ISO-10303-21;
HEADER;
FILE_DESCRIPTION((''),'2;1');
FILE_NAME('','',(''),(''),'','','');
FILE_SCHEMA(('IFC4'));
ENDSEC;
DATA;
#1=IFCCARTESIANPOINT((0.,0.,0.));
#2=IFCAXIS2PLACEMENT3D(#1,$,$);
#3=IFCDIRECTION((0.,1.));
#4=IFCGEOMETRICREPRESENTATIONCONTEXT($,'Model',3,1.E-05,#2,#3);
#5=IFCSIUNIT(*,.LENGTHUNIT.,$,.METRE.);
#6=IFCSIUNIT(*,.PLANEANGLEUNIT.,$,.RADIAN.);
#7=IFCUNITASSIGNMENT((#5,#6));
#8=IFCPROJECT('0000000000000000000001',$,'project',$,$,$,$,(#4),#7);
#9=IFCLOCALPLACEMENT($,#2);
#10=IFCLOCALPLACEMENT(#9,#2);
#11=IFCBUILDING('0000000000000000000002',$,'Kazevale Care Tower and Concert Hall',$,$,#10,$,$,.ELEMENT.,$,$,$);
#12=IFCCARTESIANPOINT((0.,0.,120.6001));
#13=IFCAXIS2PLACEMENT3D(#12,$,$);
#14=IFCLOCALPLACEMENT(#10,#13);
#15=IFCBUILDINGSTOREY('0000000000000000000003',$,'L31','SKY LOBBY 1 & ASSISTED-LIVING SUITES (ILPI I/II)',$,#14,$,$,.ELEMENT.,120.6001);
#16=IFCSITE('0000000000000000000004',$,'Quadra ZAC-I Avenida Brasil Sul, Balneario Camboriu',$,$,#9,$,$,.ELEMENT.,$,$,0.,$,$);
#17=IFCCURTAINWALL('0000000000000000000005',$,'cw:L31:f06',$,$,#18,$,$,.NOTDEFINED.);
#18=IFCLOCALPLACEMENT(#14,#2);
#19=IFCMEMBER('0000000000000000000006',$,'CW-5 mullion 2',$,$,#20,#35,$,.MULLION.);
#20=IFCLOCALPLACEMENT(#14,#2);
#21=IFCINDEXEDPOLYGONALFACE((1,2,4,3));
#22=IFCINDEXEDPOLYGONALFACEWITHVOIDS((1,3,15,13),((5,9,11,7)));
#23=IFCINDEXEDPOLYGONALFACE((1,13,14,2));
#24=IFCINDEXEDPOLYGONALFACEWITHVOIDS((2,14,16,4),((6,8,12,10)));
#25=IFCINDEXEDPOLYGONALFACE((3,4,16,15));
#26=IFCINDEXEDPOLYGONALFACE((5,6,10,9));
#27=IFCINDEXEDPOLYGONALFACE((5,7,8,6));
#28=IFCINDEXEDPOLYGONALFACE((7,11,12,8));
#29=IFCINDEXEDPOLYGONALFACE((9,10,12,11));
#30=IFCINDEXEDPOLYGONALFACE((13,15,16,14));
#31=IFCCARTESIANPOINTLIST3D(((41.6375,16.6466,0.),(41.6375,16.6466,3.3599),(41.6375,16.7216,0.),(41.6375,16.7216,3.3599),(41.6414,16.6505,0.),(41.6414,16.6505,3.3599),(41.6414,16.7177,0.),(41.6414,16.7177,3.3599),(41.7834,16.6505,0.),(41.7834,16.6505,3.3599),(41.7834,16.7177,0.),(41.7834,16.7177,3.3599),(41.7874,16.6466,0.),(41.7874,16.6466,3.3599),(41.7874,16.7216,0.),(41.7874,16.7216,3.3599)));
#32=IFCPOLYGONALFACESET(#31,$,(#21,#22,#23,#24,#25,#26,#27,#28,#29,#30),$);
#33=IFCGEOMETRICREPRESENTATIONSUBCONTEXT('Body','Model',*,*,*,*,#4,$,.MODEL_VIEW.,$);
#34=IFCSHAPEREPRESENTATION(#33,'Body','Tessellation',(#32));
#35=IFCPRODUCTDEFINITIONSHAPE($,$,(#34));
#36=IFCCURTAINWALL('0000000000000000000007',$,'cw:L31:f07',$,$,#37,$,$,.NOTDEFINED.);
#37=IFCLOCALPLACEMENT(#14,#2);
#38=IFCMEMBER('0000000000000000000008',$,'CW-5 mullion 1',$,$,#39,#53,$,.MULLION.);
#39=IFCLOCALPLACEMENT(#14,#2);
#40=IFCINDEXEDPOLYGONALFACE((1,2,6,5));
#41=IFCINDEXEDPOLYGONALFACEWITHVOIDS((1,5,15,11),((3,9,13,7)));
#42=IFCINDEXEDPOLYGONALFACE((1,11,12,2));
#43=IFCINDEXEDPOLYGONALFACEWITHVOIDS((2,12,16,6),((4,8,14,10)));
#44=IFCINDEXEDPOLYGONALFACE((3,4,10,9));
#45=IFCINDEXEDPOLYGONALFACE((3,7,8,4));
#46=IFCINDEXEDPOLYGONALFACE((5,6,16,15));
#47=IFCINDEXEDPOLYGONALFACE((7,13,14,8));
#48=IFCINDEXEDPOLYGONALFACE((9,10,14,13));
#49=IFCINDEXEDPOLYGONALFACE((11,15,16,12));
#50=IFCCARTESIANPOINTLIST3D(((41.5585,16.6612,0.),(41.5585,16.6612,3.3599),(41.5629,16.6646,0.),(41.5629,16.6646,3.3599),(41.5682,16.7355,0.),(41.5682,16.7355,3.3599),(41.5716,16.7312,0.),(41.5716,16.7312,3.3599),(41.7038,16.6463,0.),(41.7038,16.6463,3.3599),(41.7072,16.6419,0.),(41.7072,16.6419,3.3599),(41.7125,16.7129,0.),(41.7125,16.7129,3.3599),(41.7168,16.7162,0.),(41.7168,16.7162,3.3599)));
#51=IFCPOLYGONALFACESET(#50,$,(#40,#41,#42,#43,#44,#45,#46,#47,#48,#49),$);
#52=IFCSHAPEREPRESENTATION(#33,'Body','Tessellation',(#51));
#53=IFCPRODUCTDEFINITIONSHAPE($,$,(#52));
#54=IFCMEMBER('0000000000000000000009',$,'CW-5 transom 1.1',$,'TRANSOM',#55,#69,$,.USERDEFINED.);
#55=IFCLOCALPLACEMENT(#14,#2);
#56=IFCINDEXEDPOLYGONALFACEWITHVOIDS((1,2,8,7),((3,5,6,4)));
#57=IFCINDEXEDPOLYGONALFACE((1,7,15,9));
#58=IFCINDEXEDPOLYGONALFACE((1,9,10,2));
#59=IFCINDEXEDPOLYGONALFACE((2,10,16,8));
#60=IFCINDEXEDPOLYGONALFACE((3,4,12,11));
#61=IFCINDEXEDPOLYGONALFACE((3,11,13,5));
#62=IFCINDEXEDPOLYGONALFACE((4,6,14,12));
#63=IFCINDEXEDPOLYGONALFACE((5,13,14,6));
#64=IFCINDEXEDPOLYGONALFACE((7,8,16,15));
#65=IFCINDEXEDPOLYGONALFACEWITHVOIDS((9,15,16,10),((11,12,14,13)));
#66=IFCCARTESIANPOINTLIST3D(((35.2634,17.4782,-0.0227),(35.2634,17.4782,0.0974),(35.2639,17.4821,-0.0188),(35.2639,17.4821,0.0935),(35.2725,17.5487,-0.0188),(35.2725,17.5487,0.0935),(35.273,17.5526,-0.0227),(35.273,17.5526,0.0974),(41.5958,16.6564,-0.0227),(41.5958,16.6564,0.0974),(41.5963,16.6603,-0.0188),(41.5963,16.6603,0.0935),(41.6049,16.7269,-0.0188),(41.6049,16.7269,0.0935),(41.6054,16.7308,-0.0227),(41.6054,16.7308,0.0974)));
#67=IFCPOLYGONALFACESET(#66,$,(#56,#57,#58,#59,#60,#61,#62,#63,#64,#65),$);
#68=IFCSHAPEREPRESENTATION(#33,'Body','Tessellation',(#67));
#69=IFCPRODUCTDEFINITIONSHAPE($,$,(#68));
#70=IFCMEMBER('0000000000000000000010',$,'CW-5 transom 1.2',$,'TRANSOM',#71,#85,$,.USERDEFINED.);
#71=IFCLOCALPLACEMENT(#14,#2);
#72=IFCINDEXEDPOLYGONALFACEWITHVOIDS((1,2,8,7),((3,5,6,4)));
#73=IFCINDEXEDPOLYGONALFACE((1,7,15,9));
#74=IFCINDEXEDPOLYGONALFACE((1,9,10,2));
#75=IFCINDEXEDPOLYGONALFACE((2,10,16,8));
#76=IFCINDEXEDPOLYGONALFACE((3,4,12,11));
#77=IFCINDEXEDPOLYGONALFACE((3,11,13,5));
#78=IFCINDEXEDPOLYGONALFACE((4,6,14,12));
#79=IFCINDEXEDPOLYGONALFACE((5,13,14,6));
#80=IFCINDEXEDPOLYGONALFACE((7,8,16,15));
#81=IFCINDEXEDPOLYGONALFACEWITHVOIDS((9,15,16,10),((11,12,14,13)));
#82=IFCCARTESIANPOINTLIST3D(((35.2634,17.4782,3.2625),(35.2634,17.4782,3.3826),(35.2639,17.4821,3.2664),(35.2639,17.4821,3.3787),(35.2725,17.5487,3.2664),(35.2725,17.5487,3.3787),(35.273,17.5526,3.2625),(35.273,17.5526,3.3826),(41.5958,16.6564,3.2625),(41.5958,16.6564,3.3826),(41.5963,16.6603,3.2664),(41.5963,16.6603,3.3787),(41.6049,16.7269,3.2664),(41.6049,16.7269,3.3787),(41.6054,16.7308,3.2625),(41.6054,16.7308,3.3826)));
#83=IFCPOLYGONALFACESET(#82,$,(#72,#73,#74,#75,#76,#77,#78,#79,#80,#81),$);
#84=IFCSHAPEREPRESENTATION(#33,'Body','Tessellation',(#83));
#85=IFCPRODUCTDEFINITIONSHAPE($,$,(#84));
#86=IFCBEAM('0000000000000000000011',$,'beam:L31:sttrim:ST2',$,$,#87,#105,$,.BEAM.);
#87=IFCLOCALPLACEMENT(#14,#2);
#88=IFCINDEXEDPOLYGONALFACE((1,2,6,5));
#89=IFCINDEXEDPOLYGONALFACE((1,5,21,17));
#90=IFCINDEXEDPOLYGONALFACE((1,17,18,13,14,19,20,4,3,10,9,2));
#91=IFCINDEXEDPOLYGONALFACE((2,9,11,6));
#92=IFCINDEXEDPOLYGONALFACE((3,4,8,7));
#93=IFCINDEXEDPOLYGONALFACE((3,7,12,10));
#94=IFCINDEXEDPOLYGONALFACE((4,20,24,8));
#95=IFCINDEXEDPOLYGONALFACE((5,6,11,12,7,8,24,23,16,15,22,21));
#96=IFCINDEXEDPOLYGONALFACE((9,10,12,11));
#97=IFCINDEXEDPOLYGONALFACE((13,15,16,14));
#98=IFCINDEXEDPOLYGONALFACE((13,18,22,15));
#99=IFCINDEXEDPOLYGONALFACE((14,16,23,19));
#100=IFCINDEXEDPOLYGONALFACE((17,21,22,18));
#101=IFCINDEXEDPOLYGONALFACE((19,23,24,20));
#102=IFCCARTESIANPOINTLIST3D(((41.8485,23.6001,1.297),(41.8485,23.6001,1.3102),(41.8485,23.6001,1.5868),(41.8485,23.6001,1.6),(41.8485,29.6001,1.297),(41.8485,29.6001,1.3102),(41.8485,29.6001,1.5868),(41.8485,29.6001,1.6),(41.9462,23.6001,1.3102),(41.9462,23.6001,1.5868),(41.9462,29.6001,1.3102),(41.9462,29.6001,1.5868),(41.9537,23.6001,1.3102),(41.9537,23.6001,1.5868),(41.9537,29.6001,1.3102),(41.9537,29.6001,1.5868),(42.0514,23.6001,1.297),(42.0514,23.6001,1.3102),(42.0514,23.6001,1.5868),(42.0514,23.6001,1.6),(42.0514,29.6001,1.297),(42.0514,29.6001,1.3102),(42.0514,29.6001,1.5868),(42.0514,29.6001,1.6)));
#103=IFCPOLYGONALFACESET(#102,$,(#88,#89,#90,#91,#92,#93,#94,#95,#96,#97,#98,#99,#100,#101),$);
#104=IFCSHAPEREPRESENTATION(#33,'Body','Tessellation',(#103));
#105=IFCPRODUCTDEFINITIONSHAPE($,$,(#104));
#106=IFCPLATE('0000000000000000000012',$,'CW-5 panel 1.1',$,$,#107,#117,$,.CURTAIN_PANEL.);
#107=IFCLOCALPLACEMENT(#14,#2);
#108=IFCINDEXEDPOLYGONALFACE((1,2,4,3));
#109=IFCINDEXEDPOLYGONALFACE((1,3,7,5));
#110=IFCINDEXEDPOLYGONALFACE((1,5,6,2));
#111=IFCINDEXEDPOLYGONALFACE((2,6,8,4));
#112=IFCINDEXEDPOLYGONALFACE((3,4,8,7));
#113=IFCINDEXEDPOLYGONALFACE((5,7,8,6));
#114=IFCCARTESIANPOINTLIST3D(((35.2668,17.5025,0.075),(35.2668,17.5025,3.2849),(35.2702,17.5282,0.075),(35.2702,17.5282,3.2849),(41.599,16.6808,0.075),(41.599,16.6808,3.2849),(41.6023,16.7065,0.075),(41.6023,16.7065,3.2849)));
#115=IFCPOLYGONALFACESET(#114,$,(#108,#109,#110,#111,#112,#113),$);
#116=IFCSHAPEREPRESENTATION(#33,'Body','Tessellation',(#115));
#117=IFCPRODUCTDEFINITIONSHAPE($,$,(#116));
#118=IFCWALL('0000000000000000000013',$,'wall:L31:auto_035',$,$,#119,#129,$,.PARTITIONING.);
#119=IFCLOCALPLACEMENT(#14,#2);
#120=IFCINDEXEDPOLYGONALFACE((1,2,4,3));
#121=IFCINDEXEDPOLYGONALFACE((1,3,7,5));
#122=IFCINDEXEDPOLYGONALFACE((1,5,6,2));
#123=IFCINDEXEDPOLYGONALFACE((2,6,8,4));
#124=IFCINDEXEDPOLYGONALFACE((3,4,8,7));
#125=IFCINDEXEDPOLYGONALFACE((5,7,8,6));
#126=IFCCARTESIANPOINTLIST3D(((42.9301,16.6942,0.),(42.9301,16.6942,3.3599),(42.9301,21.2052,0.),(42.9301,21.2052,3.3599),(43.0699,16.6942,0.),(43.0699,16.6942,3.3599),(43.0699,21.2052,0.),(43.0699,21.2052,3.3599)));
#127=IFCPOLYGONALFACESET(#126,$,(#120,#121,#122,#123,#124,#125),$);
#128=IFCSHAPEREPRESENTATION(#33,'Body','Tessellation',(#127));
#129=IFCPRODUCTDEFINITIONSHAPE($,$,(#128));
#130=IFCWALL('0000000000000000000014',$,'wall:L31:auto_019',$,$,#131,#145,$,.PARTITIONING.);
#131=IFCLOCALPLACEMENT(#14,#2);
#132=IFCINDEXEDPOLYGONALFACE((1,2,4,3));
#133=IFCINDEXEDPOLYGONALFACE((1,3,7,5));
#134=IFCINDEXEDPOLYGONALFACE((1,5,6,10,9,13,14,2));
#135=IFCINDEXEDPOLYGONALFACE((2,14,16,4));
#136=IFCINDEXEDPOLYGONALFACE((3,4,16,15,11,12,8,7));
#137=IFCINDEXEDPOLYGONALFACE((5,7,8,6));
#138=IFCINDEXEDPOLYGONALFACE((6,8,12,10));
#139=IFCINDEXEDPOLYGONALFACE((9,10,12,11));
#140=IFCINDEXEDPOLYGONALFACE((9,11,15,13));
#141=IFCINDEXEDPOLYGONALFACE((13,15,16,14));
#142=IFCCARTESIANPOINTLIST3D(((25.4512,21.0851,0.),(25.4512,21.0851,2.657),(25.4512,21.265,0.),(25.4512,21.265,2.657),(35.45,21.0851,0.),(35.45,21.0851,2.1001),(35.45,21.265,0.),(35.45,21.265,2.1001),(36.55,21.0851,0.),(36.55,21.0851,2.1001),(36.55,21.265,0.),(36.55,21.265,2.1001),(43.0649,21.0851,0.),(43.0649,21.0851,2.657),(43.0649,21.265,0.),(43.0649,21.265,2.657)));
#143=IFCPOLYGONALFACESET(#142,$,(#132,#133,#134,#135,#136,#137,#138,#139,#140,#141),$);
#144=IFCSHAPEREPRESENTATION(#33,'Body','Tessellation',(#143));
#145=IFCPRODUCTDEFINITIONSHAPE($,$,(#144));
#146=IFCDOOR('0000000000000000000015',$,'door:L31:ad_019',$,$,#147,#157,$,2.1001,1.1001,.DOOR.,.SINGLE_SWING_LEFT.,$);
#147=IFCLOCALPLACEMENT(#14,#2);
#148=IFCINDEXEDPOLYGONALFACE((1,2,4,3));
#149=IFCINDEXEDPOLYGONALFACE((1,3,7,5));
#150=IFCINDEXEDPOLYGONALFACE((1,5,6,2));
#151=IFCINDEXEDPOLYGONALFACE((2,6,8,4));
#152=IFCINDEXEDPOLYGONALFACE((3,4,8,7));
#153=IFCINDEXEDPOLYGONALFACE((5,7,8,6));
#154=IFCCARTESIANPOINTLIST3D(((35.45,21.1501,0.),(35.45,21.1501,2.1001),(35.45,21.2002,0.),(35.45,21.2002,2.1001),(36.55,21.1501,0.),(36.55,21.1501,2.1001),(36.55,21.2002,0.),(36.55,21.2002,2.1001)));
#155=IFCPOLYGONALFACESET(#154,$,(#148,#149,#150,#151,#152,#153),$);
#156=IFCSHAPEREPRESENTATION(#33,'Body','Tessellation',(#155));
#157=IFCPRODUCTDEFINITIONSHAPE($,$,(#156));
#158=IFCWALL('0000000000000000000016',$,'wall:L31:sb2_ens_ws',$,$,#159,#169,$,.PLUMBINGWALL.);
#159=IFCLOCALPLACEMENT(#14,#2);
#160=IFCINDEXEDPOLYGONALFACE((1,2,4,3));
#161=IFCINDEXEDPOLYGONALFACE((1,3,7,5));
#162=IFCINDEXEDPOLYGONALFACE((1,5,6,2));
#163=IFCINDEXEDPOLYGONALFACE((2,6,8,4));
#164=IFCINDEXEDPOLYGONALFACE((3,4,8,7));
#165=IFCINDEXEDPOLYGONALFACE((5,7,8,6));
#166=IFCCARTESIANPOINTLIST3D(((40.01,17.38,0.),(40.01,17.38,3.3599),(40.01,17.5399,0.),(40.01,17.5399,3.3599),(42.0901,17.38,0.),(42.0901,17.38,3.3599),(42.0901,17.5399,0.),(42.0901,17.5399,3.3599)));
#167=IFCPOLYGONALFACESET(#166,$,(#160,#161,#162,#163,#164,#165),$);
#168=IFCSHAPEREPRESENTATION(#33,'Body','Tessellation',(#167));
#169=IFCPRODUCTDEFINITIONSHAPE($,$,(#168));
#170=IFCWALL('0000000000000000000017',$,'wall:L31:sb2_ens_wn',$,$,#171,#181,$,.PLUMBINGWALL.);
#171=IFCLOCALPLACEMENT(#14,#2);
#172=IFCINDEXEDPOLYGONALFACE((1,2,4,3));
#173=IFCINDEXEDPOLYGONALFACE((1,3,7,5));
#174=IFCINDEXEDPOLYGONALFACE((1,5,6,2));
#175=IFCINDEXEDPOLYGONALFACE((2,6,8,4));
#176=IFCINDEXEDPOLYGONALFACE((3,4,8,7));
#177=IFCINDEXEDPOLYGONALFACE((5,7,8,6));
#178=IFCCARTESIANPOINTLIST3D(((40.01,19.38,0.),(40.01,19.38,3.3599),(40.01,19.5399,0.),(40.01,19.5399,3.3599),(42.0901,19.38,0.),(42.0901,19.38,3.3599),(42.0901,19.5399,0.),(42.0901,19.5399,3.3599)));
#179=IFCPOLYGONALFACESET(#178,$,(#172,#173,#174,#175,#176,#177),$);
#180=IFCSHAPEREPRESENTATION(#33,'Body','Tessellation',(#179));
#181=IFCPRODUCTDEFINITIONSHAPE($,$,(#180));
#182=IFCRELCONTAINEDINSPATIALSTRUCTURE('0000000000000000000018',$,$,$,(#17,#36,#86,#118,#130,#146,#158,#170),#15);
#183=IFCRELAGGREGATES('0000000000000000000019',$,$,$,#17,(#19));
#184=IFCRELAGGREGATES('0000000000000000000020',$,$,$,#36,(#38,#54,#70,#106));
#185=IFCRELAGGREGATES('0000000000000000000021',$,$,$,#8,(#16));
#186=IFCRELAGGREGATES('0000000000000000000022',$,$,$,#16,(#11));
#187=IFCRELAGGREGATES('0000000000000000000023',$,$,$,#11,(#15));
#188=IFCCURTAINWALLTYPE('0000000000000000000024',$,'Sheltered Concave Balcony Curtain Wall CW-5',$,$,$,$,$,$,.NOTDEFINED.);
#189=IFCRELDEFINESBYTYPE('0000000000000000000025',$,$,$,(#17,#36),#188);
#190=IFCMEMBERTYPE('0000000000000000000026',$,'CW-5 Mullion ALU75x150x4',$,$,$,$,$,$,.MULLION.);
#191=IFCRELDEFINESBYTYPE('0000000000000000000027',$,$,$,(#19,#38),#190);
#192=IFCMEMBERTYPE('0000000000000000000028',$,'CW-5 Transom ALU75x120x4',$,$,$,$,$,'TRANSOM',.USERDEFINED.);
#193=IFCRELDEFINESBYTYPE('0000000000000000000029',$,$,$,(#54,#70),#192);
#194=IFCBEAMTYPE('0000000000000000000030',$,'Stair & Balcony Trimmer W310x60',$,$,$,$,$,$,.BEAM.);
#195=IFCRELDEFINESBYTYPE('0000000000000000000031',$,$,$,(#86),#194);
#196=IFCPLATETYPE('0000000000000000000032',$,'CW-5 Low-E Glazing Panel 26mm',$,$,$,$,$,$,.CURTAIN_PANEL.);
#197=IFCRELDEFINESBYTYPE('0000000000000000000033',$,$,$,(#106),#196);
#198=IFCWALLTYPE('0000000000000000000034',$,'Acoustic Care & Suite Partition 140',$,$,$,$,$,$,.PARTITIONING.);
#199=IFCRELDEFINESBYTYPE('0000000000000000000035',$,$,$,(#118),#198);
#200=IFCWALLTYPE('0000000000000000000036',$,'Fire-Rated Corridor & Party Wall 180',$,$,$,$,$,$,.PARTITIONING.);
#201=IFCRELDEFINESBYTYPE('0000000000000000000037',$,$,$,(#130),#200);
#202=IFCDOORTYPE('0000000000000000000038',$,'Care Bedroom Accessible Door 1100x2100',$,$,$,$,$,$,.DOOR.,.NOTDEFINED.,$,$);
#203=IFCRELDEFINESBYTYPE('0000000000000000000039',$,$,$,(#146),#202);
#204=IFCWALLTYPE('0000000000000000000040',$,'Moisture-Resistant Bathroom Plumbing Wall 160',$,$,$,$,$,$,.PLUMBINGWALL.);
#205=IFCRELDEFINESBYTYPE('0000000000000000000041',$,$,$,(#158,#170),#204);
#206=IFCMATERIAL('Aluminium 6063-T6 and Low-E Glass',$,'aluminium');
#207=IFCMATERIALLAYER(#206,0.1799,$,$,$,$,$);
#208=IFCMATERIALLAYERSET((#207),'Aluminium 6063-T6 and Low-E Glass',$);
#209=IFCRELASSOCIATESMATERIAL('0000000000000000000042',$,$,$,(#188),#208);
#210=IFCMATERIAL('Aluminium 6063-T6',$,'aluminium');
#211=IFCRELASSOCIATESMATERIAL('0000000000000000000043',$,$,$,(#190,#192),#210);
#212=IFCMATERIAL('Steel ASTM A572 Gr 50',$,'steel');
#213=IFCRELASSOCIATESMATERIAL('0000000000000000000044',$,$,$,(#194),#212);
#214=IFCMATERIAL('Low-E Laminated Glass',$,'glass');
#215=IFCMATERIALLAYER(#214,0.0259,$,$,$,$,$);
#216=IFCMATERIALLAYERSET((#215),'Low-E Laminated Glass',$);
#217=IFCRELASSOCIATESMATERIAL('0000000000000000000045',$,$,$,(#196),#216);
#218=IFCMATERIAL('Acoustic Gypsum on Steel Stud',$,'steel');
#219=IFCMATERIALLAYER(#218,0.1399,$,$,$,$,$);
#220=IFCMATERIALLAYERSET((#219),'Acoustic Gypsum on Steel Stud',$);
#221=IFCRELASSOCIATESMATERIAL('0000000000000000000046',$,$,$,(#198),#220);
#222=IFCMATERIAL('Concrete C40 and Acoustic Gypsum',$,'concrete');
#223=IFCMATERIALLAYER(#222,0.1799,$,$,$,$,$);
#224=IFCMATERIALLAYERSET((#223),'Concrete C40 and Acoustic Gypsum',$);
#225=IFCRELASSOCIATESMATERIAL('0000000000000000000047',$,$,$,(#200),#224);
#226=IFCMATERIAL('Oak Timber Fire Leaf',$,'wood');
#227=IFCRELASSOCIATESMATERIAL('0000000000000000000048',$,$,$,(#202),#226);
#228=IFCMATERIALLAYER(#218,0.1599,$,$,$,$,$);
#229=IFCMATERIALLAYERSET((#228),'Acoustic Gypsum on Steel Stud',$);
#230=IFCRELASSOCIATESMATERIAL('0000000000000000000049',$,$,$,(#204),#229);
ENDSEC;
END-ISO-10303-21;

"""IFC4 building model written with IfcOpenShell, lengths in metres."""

from ifc_helpers import new_model, si_unit, direction, frame, frame_2d, origin, origin_2d, place, context, subcontext, project, spatial, rectangle, hollow_rectangle, i_section, extrude, material, layer, layer_set, material_profile, profile_set, type_object, element, fill, aggregate, save


model = new_model("IFC4")

# Units and contexts
model_context = context("Model", 3, precision=1e-05, world=origin(), true_north=direction((0.0, 1.0)))
body_context = subcontext(model_context, "Body", "Model", "MODEL_VIEW")
ifc_project = project(units=[si_unit("LENGTHUNIT", "METRE"), si_unit("PLANEANGLEUNIT", "RADIAN")], contexts=[model_context])

# Site, building, storey
site_placement = place(None, origin())
site = spatial("IfcSite", under=ifc_project, at=site_placement, Name="Quadra ZAC-I Avenida Brasil Sul, Balneario Camboriu", CompositionType="ELEMENT", RefElevation=0.0)
building_placement = place(site_placement, origin())
building = spatial("IfcBuilding", under=site, at=building_placement, Name="Kazevale Care Tower and Concert Hall", CompositionType="ELEMENT")
storey_placement = place(building_placement, frame((0.0, 0.0, 120.6001)))
storey = spatial("IfcBuildingStorey", under=building, at=storey_placement, Name="L31", Description="SKY LOBBY 1 & ASSISTED-LIVING SUITES (ILPI I/II)", CompositionType="ELEMENT", Elevation=120.6001)

# Curtain wall, member
ifc_material_1 = material(Name="Aluminium 6063-T6 and Low-E Glass", Category="aluminium")
ifc_layer_1 = layer(ifc_material_1, 0.1799)
ifc_layer_set_1 = layer_set([ifc_layer_1], Name="Aluminium 6063-T6 and Low-E Glass")
curtain_wall_type = type_object("IfcCurtainWallType", Name="Sheltered Concave Balcony Curtain Wall CW-5", PredefinedType="NOTDEFINED", material=ifc_layer_set_1)
curtain_wall_1_placement = place(storey_placement, origin())
curtain_wall_1 = element("IfcCurtainWall", 1, at=curtain_wall_1_placement, inside=storey, type_object=curtain_wall_type, Name="cw:L31:f06", PredefinedType="NOTDEFINED")
ifc_material_2 = material(Name="Aluminium 6063-T6", Category="aluminium")
ifc_material_profile_1 = material_profile(ifc_material_2, hollow_rectangle(XDim=0.075, YDim=0.1499, WallThickness=0.0039, at=origin_2d()), Name="ALU75x150x4")
ifc_profile_set_1 = profile_set([ifc_material_profile_1], Name="Aluminium 6063-T6")
member_type_1 = type_object("IfcMemberType", Name="CW-5 Mullion ALU75x150x4", PredefinedType="MULLION", material=ifc_profile_set_1)
member_1_placement = place(storey_placement, frame((41.7124, 16.6841, 0.0), z_axis=(0.0, 0.0, 1.0), x_axis=(0.0, -1.0, 0.0)))
member_1 = element("IfcMember", 2, at=member_1_placement, type_object=member_type_1, Name="CW-5 mullion 2", PredefinedType="MULLION", context=body_context, shape_type="SweptSolid", body=[
    extrude(hollow_rectangle(XDim=0.075, YDim=0.1499, WallThickness=0.0039, at=origin_2d()), origin(), (0.0, 0.0, 1.0), 3.3599),
])
aggregate(curtain_wall_1, [member_1])

# Curtain wall, members
curtain_wall_2_placement = place(storey_placement, origin())
curtain_wall_2 = element("IfcCurtainWall", 3, at=curtain_wall_2_placement, inside=storey, type_object=curtain_wall_type, Name="cw:L31:f07", PredefinedType="NOTDEFINED")
member_2_placement = place(storey_placement, frame((41.6377, 16.6887, 0.0), z_axis=(0.0, 0.0, 1.0), x_axis=(-0.128685, -0.991686, 0.0)))
member_2 = element("IfcMember", 4, at=member_2_placement, type_object=member_type_1, Name="CW-5 mullion 1", PredefinedType="MULLION", context=body_context, shape_type="SweptSolid", body=[
    extrude(hollow_rectangle(XDim=0.075, YDim=0.1499, WallThickness=0.0039, at=origin_2d()), origin(), (0.0, 0.0, 1.0), 3.3599),
])
ifc_material_profile_2 = material_profile(ifc_material_2, hollow_rectangle(XDim=0.075, YDim=0.1201, WallThickness=0.0039, at=origin_2d()), Name="ALU75x120x4")
ifc_profile_set_2 = profile_set([ifc_material_profile_2], Name="Aluminium 6063-T6")
member_type_2 = type_object("IfcMemberType", Name="CW-5 Transom ALU75x120x4", ElementType="TRANSOM", PredefinedType="USERDEFINED", material=ifc_profile_set_2)
member_3_placement = place(storey_placement, frame((41.6006, 16.6936, 0.0374), z_axis=(-0.991684, 0.128697, 0.0), x_axis=(-0.128697, -0.991684, 0.0)))
member_3 = element("IfcMember", 5, at=member_3_placement, type_object=member_type_2, Name="CW-5 transom 1.1", ObjectType="TRANSOM", PredefinedType="USERDEFINED", context=body_context, shape_type="SweptSolid", body=[
    extrude(hollow_rectangle(XDim=0.075, YDim=0.1201, WallThickness=0.0039, at=origin_2d()), origin(), (0.0, 0.0, 1.0), 6.3855),
])
member_4_placement = place(storey_placement, frame((41.6006, 16.6936, 3.3225), z_axis=(-0.991684, 0.128697, 0.0), x_axis=(-0.128697, -0.991684, 0.0)))
member_4 = element("IfcMember", 6, at=member_4_placement, type_object=member_type_2, Name="CW-5 transom 1.2", ObjectType="TRANSOM", PredefinedType="USERDEFINED", context=body_context, shape_type="SweptSolid", body=[
    extrude(hollow_rectangle(XDim=0.075, YDim=0.1201, WallThickness=0.0039, at=origin_2d()), origin(), (0.0, 0.0, 1.0), 6.3855),
])

# Beam
ifc_material_3 = material(Name="Steel ASTM A572 Gr 50", Category="steel")
ifc_material_profile_3 = material_profile(ifc_material_3, i_section(OverallWidth=0.2029, OverallDepth=0.303, WebThickness=0.0076, FlangeThickness=0.0132, at=origin_2d()), Name="W310x60")
ifc_profile_set_3 = profile_set([ifc_material_profile_3], Name="Steel ASTM A572 Gr 50")
beam_type = type_object("IfcBeamType", Name="Stair & Balcony Trimmer W310x60", PredefinedType="BEAM", material=ifc_profile_set_3)
beam_placement = place(storey_placement, frame((41.95, 23.6001, 1.4485), z_axis=(0.0, 1.0, 0.0), x_axis=(-1.0, 0.0, 0.0)))
element("IfcBeam", 7, at=beam_placement, inside=storey, type_object=beam_type, Name="beam:L31:sttrim:ST2", PredefinedType="BEAM", context=body_context, shape_type="SweptSolid", body=[
    extrude(i_section(OverallWidth=0.2029, OverallDepth=0.303, WebThickness=0.0076, FlangeThickness=0.0132, at=origin_2d()), origin(), (0.0, 0.0, 1.0), 6.0),
])

# Plate
ifc_material_4 = material(Name="Low-E Laminated Glass", Category="glass")
ifc_layer_2 = layer(ifc_material_4, 0.0259)
ifc_layer_set_2 = layer_set([ifc_layer_2], Name="Low-E Laminated Glass")
plate_type = type_object("IfcPlateType", Name="CW-5 Low-E Glazing Panel 26mm", PredefinedType="CURTAIN_PANEL", material=ifc_layer_set_2)
plate_placement = place(storey_placement, frame((38.4346, 17.1045, 0.075), z_axis=(0.0, 0.0, 1.0), x_axis=(-0.991686, 0.128685, 0.0)))
plate = element("IfcPlate", 8, at=plate_placement, type_object=plate_type, Name="CW-5 panel 1.1", PredefinedType="CURTAIN_PANEL", context=body_context, shape_type="SweptSolid", body=[
    extrude(rectangle(XDim=6.3853, YDim=0.0259, at=origin_2d()), origin(), (0.0, 0.0, 1.0), 3.21),
])
aggregate(curtain_wall_2, [member_2, member_3, member_4, plate])

# Wall
ifc_material_5 = material(Name="Acoustic Gypsum on Steel Stud", Category="steel")
ifc_layer_3 = layer(ifc_material_5, 0.1399)
ifc_layer_set_3 = layer_set([ifc_layer_3], Name="Acoustic Gypsum on Steel Stud")
wall_type_1 = type_object("IfcWallType", Name="Acoustic Care & Suite Partition 140", PredefinedType="PARTITIONING", material=ifc_layer_set_3)
wall_1_placement = place(storey_placement, frame((43.0, 21.2051, 0.0), z_axis=(0.0, 0.0, 1.0), x_axis=(0.0, -1.0, 0.0)))
element("IfcWall", 9, at=wall_1_placement, inside=storey, type_object=wall_type_1, Name="wall:L31:auto_035", PredefinedType="PARTITIONING", context=body_context, shape_type="SweptSolid", body=[
    extrude(rectangle(XDim=4.511, YDim=0.1399, at=frame_2d((2.2554, 0.0))), origin(), (0.0, 0.0, 1.0), 3.3599),
])

# Wall, opening, door
ifc_material_6 = material(Name="Concrete C40 and Acoustic Gypsum", Category="concrete")
ifc_layer_4 = layer(ifc_material_6, 0.1799)
ifc_layer_set_4 = layer_set([ifc_layer_4], Name="Concrete C40 and Acoustic Gypsum")
wall_type_2 = type_object("IfcWallType", Name="Fire-Rated Corridor & Party Wall 180", PredefinedType="PARTITIONING", material=ifc_layer_set_4)
wall_2_placement = place(storey_placement, frame((43.0649, 21.175, 0.0), z_axis=(0.0, 0.0, 1.0), x_axis=(-1.0, 0.0, 0.0)))
wall_2 = element("IfcWall", 10, at=wall_2_placement, inside=storey, type_object=wall_type_2, Name="wall:L31:auto_019", PredefinedType="PARTITIONING", context=body_context, shape_type="SweptSolid", body=[
    extrude(rectangle(XDim=17.6138, YDim=0.1799, at=frame_2d((8.8069, 0.0))), origin(), (0.0, 0.0, 1.0), 2.657),
])
opening_1_placement = place(wall_2_placement, frame((6.5149, 0.0, 0.0)))
opening_1 = element("IfcOpeningElement", 11, at=opening_1_placement, cuts=wall_2, PredefinedType="OPENING", context=body_context, shape_type="SweptSolid", body=[
    extrude(rectangle(XDim=1.1001, YDim=2.1001, at=frame_2d((0.55, 1.05))), frame((0.0, 0.0999, 0.0), z_axis=(0.0, -1.0, 0.0), x_axis=(1.0, 0.0, 0.0)), (0.0, 0.0, 1.0), 0.2),
])
ifc_material_7 = material(Name="Oak Timber Fire Leaf", Category="wood")
door_type_1 = type_object("IfcDoorType", Name="Care Bedroom Accessible Door 1100x2100", OperationType="NOTDEFINED", PredefinedType="DOOR", material=ifc_material_7)
door_1_placement = place(opening_1_placement, origin())
door_1 = element("IfcDoor", 12, at=door_1_placement, inside=storey, type_object=door_type_1, Name="door:L31:ad_019", OperationType="SINGLE_SWING_LEFT", OverallHeight=2.1001, OverallWidth=1.1001, PredefinedType="DOOR", context=body_context, shape_type="SweptSolid", body=[
    extrude(rectangle(XDim=1.1001, YDim=2.1001, at=frame_2d((0.55, 1.05))), frame((0.0, 0.0249, 0.0), z_axis=(0.0, -1.0, 0.0), x_axis=(1.0, 0.0, 0.0)), (0.0, 0.0, 1.0), 0.05),
])
fill(opening_1, door_1)

# Walls
ifc_layer_5 = layer(ifc_material_5, 0.1599)
ifc_layer_set_5 = layer_set([ifc_layer_5], Name="Acoustic Gypsum on Steel Stud")
wall_type_3 = type_object("IfcWallType", Name="Moisture-Resistant Bathroom Plumbing Wall 160", PredefinedType="PLUMBINGWALL", material=ifc_layer_set_5)
for number, where, z_axis, x_axis, name in (
    (13, (40.01, 17.46, 0.0), (0.0, 0.0, 1.0), (1.0, 0.0, 0.0), "wall:L31:sb2_ens_ws"),
    (14, (40.01, 19.46, 0.0), (0.0, 0.0, 1.0), (1.0, 0.0, 0.0), "wall:L31:sb2_ens_wn"),
):
    element("IfcWall", number, at=place(storey_placement, frame(where, z_axis=z_axis, x_axis=x_axis)), inside=storey, type_object=wall_type_3, Name=name, PredefinedType="PLUMBINGWALL", context=body_context, shape_type="SweptSolid", body=[
        extrude(rectangle(XDim=2.0801, YDim=0.1599, at=frame_2d((1.04, 0.0))), origin(), (0.0, 0.0, 1.0), 3.3599),
    ])

save(model, "model.ifc")
